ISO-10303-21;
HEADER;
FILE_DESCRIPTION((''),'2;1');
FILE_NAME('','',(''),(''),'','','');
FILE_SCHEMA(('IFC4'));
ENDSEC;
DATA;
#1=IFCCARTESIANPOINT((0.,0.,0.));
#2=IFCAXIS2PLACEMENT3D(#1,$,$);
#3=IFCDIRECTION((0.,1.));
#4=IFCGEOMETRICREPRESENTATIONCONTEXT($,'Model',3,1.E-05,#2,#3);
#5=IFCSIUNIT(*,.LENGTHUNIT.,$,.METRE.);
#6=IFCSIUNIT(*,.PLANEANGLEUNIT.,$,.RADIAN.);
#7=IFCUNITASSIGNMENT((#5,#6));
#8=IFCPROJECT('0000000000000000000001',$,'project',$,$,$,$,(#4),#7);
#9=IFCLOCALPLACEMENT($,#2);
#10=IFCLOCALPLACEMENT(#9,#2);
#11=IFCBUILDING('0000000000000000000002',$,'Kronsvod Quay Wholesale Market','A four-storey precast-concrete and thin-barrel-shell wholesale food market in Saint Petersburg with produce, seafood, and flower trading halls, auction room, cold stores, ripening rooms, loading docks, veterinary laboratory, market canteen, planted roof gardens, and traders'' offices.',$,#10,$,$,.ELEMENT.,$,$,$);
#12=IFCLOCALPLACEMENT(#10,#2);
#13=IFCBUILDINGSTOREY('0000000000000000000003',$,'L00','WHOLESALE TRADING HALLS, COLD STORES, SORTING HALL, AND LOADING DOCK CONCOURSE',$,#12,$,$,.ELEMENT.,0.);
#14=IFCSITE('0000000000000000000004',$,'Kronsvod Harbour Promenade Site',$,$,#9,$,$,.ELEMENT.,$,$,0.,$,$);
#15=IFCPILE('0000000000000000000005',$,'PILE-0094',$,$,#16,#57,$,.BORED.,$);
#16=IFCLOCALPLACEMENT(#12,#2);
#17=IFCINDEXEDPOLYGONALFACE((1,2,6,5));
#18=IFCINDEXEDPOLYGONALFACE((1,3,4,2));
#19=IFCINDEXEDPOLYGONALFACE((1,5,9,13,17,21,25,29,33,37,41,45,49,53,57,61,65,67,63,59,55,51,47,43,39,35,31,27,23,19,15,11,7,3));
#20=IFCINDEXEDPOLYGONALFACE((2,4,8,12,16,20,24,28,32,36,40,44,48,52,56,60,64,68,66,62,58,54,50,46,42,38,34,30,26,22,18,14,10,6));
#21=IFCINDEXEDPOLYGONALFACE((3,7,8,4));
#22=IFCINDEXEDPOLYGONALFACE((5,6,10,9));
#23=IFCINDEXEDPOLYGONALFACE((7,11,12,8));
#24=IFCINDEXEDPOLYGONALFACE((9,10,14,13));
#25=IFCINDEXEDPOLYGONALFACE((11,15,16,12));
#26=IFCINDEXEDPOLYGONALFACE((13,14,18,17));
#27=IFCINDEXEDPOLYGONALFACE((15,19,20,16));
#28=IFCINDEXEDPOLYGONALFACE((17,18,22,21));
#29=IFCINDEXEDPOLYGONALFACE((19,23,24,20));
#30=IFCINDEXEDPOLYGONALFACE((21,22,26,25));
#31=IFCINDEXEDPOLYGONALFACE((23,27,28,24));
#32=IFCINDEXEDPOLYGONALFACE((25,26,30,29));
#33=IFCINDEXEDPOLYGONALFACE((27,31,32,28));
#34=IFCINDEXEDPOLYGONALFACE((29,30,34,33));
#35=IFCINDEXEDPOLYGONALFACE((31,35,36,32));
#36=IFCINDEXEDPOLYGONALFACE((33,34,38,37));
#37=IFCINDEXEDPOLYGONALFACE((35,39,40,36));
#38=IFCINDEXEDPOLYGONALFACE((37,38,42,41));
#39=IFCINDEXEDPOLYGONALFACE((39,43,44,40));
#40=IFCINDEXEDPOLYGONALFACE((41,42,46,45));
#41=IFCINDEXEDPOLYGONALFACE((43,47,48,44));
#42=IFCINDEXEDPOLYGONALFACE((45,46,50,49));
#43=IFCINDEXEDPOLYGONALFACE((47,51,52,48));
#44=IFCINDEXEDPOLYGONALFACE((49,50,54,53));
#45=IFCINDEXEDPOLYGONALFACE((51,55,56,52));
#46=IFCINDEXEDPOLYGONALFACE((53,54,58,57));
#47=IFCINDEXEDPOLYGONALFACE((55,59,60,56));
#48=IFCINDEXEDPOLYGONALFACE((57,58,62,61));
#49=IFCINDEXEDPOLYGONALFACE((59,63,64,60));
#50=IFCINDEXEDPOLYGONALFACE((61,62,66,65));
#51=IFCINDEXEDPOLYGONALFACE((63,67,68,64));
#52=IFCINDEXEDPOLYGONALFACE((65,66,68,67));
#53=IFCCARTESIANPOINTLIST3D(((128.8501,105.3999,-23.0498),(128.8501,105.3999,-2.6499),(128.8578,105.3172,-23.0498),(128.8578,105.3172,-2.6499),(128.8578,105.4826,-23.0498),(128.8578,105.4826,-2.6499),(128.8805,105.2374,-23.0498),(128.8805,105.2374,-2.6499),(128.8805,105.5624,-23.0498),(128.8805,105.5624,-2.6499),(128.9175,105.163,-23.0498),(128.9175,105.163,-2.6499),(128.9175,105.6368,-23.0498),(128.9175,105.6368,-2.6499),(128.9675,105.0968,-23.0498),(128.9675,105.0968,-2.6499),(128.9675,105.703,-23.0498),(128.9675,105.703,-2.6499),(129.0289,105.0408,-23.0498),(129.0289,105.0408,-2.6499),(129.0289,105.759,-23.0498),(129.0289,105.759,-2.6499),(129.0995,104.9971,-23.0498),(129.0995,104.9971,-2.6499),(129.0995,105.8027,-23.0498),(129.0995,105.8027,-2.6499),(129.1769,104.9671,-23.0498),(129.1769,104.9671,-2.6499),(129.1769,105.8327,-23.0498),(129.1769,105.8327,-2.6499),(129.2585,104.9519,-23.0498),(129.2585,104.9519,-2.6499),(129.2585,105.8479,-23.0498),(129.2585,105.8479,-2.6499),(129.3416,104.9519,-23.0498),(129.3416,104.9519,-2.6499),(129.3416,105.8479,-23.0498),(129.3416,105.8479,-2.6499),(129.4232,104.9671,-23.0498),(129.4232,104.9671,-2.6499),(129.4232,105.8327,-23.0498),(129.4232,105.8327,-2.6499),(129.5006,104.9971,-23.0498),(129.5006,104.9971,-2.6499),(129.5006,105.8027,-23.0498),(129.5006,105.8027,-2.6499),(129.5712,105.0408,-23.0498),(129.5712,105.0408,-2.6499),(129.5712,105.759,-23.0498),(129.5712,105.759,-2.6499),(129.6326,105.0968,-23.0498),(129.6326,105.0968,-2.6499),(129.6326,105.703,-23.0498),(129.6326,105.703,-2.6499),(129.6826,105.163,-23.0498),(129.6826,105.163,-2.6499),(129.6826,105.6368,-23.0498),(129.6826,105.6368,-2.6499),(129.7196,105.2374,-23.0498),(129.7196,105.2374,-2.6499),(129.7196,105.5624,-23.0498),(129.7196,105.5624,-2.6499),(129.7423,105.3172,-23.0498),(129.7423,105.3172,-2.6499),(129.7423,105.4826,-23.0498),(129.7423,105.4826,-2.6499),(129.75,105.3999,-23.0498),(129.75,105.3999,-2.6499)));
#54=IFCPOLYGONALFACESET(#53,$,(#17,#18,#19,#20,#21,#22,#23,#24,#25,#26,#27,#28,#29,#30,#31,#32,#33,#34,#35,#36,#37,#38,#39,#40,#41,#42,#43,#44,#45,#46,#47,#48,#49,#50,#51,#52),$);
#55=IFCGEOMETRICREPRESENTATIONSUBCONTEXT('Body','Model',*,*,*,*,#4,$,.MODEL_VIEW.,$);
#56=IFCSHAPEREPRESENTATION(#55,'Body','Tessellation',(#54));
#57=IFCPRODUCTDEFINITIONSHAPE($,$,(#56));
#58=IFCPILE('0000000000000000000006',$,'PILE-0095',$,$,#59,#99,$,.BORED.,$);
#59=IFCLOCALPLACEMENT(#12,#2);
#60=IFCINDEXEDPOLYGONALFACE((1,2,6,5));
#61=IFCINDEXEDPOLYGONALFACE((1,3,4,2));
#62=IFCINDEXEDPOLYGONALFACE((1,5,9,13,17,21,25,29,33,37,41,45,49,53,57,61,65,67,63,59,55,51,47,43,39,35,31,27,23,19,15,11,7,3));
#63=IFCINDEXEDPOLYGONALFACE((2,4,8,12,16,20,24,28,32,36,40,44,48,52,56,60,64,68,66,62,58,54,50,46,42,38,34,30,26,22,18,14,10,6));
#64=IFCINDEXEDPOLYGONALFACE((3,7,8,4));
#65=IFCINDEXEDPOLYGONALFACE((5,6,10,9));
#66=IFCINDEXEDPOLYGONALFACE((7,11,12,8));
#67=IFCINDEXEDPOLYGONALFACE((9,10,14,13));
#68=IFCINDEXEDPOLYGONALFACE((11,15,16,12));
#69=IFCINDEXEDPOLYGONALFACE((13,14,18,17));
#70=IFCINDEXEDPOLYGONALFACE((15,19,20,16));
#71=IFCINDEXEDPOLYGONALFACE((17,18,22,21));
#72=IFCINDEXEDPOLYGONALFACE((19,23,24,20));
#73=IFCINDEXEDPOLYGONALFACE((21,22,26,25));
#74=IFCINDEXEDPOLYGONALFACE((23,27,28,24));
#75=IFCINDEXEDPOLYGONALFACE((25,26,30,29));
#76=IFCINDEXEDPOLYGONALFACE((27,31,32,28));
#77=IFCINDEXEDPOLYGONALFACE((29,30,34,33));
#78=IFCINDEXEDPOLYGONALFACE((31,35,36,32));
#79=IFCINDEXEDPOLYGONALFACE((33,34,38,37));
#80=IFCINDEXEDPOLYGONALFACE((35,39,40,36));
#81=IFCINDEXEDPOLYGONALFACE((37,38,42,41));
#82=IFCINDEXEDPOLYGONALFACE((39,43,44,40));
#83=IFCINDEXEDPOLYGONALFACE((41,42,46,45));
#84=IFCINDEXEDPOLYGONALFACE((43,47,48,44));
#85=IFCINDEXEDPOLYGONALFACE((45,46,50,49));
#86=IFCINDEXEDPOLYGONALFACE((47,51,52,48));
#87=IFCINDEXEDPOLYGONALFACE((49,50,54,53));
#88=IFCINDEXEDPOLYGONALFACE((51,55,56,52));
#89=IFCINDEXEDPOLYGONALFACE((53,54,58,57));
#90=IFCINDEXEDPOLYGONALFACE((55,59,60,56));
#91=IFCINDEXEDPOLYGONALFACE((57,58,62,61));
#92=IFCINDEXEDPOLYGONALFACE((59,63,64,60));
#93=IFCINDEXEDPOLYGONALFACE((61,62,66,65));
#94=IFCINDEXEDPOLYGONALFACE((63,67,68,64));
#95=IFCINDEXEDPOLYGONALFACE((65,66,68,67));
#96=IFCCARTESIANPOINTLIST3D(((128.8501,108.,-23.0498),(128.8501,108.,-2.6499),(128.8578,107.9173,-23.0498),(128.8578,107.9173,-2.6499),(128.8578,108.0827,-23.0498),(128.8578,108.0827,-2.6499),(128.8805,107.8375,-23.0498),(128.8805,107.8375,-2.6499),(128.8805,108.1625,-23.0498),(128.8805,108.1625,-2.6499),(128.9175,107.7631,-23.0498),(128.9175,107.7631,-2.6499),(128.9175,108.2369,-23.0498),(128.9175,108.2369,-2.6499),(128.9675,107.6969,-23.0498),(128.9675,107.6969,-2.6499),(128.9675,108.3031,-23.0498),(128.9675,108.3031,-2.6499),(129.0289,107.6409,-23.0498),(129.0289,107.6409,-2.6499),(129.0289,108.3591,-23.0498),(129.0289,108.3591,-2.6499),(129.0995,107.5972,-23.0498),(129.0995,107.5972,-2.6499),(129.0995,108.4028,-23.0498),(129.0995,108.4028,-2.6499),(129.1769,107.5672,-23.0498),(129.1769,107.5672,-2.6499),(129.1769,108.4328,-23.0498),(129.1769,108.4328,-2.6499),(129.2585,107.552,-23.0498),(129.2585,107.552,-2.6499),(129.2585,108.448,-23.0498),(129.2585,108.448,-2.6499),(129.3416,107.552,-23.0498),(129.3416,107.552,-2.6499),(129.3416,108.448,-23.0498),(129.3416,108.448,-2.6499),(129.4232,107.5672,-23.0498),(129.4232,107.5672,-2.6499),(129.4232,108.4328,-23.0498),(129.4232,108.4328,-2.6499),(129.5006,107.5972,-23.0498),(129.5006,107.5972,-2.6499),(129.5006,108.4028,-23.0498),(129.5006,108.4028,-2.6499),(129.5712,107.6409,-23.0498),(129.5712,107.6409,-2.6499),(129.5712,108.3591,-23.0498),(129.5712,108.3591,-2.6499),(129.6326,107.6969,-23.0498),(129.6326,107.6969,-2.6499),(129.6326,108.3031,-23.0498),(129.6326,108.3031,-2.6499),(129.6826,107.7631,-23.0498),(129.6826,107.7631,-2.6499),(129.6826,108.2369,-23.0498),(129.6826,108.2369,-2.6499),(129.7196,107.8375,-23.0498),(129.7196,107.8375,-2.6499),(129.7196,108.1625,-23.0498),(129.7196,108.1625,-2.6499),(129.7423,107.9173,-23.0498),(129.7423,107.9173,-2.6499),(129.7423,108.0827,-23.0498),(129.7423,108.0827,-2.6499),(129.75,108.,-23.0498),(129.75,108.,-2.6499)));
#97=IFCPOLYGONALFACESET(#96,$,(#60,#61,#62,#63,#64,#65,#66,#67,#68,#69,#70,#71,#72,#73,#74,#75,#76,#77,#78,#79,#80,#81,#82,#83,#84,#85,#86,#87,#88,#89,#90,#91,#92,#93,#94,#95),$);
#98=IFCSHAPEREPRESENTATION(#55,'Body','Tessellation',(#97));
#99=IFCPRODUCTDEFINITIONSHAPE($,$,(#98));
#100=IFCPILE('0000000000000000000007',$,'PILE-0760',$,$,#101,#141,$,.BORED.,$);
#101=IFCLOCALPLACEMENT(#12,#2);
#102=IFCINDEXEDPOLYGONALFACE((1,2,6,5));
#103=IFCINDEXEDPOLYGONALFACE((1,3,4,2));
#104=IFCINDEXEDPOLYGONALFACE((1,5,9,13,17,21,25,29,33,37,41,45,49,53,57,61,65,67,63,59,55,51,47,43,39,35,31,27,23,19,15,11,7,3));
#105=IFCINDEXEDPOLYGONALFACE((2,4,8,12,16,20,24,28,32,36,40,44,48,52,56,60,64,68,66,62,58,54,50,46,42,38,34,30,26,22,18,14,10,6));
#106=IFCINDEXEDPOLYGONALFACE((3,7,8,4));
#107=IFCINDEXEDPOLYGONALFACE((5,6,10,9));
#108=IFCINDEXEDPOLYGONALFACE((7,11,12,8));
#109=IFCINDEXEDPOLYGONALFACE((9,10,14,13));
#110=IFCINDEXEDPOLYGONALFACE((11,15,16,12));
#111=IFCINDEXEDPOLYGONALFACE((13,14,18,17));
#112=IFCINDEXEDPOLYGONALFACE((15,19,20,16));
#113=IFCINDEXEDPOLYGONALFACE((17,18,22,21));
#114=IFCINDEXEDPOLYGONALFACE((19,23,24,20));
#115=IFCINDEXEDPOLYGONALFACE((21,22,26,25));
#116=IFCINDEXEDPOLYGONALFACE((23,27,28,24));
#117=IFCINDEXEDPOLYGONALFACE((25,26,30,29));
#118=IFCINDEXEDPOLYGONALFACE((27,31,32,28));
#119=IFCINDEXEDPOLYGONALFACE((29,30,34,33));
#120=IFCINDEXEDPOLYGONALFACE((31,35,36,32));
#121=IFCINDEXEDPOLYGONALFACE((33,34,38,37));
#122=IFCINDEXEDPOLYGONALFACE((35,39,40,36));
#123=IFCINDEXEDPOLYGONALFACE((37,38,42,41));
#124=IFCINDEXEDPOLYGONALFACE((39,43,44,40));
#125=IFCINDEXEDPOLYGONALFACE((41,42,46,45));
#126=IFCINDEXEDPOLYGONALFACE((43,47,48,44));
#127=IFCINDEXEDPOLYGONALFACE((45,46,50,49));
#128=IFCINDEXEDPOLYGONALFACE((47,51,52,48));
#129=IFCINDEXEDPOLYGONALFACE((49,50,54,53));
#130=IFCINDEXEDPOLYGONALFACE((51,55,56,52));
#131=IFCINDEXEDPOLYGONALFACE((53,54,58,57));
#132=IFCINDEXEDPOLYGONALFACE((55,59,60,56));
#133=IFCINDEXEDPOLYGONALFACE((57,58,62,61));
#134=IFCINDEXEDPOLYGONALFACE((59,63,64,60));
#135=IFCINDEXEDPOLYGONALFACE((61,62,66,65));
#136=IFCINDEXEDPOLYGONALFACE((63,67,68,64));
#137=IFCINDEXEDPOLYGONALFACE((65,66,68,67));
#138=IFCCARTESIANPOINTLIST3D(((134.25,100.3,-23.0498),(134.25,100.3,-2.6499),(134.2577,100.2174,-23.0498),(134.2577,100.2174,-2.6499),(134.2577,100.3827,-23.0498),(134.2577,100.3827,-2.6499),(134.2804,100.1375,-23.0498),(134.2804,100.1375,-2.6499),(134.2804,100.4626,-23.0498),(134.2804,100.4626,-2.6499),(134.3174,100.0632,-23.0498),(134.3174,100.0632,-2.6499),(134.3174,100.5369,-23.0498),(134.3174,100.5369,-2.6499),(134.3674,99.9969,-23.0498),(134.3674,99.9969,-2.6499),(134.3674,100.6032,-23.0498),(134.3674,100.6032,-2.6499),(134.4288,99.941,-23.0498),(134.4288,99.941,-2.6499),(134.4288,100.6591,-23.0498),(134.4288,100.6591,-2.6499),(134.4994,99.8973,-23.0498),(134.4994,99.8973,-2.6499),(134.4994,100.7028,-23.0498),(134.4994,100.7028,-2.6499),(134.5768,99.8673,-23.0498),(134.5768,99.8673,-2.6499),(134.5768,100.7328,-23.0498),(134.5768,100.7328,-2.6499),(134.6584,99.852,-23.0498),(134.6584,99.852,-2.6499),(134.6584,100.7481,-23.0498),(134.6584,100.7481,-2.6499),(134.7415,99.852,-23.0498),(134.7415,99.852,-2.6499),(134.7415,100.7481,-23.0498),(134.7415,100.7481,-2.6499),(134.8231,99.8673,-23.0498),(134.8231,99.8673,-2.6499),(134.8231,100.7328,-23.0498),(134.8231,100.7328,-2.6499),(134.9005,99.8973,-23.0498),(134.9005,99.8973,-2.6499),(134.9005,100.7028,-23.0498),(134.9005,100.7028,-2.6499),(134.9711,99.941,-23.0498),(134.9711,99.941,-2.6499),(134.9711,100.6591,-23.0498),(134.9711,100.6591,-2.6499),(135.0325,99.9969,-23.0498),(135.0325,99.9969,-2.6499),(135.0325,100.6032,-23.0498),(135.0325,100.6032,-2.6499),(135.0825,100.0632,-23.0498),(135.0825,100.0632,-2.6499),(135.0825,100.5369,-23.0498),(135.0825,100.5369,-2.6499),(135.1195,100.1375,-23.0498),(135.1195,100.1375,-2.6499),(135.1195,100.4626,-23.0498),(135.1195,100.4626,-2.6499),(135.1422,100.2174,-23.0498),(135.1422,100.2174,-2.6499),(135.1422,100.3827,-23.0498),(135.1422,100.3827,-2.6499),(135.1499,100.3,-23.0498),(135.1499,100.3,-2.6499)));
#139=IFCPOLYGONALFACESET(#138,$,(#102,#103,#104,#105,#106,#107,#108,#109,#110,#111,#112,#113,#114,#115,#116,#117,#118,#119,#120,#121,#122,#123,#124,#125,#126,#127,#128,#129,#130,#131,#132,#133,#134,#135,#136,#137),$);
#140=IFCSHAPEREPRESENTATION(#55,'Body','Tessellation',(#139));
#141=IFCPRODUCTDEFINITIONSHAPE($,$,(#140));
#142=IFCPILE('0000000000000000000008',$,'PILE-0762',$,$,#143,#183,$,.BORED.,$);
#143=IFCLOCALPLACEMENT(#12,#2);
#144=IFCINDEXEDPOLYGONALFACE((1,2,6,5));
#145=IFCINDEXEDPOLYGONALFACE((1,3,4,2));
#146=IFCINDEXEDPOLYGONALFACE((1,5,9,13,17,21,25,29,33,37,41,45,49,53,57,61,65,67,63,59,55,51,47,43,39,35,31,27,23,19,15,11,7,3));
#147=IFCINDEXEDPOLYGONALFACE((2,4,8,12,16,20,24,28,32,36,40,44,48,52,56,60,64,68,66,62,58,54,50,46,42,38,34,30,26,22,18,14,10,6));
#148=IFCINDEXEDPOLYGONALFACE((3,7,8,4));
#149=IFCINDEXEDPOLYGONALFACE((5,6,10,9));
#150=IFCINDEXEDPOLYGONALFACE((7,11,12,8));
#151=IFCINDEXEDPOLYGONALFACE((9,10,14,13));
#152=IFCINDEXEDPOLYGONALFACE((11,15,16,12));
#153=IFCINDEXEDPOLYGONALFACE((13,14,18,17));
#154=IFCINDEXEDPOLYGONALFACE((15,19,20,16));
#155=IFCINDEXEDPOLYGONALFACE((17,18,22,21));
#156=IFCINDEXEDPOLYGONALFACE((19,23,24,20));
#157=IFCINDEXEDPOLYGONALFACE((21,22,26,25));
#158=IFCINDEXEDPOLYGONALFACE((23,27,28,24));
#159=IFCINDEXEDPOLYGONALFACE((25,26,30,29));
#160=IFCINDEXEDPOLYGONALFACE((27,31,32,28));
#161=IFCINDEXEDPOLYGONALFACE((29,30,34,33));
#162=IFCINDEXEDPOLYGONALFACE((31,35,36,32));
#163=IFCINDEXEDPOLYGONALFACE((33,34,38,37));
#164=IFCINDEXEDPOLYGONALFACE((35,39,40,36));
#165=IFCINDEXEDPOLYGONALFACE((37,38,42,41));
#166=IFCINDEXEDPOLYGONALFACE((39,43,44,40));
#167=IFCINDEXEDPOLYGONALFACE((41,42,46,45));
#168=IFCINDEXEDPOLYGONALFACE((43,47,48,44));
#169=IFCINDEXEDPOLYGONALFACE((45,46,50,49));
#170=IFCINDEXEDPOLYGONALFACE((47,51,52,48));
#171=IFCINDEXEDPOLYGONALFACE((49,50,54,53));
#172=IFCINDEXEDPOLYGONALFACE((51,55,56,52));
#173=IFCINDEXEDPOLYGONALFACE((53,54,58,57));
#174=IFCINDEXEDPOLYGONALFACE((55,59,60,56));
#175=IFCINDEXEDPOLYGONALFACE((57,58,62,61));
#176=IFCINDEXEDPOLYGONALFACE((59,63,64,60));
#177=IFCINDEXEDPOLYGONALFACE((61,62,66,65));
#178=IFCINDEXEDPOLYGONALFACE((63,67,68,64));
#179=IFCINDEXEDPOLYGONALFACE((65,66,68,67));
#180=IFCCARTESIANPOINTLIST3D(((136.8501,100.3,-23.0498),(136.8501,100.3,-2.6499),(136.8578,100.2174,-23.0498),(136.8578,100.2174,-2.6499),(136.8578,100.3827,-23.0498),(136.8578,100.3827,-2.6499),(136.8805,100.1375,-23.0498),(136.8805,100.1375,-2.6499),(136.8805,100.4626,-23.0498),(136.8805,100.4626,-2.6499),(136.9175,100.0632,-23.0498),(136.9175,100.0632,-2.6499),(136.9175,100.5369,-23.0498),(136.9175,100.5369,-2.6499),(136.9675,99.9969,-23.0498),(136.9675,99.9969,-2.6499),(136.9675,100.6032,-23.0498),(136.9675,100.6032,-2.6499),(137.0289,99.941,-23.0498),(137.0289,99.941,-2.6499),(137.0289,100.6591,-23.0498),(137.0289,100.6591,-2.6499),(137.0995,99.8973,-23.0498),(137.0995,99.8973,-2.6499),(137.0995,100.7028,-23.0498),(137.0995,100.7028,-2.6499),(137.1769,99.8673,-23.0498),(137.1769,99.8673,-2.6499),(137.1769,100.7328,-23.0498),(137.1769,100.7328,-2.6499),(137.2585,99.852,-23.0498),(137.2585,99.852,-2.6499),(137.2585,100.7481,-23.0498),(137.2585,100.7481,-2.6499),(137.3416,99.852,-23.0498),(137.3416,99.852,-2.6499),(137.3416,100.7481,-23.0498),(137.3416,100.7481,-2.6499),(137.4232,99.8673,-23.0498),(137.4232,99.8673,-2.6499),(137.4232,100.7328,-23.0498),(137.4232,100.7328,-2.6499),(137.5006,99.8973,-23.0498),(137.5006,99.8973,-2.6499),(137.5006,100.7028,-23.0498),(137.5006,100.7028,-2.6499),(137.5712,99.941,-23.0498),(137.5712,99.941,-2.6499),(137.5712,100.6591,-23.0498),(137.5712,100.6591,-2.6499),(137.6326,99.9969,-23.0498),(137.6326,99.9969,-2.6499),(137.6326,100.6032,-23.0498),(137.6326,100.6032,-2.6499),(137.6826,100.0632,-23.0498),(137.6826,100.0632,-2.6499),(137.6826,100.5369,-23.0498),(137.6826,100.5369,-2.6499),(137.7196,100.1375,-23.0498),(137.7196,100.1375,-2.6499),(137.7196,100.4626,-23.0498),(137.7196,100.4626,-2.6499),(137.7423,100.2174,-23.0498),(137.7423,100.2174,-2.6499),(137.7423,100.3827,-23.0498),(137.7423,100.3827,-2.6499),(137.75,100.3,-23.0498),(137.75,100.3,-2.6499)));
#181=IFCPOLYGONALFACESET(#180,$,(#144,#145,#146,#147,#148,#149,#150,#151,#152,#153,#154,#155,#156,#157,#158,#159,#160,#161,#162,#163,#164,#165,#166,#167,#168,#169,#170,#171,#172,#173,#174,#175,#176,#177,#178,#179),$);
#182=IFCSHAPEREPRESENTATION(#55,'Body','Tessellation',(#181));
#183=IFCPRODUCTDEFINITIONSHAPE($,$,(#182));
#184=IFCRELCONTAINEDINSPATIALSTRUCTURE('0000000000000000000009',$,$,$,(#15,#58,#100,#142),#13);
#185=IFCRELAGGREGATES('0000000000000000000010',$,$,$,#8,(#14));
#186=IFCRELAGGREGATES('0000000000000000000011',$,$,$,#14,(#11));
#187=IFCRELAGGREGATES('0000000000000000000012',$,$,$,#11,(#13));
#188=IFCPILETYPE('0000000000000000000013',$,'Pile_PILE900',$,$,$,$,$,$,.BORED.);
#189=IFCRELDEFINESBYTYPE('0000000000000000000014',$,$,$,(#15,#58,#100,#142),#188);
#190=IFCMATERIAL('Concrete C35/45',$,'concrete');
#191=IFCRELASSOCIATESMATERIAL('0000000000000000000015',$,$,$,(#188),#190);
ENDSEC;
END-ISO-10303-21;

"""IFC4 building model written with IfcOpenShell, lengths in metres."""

from ifc_helpers import new_model, si_unit, direction, frame, origin, origin_2d, place, context, subcontext, project, spatial, circle, extrude, material, material_profile, profile_set, type_object, element, save


model = new_model("IFC4")

# Units and contexts
model_context = context("Model", 3, precision=1e-05, world=origin(), true_north=direction((0.0, 1.0)))
body_context = subcontext(model_context, "Body", "Model", "MODEL_VIEW")
ifc_project = project(units=[si_unit("LENGTHUNIT", "METRE"), si_unit("PLANEANGLEUNIT", "RADIAN")], contexts=[model_context])

# Site, building, storey
site_placement = place(None, origin())
site = spatial("IfcSite", under=ifc_project, at=site_placement, Name="Kronsvod Harbour Promenade Site", CompositionType="ELEMENT", RefElevation=0.0)
building_placement = place(site_placement, origin())
building = spatial("IfcBuilding", under=site, at=building_placement, Name="Kronsvod Quay Wholesale Market", Description="A four-storey precast-concrete and thin-barrel-shell wholesale food market in Saint Petersburg with produce, seafood, and flower trading halls, auction room, cold stores, ripening rooms, loading docks, veterinary laboratory, market canteen, planted roof gardens, and traders' offices.", CompositionType="ELEMENT")
storey_placement = place(building_placement, origin())
storey = spatial("IfcBuildingStorey", under=building, at=storey_placement, Name="L00", Description="WHOLESALE TRADING HALLS, COLD STORES, SORTING HALL, AND LOADING DOCK CONCOURSE", CompositionType="ELEMENT", Elevation=0.0)

# Piles
ifc_material_1 = material(Name="Concrete C35/45", Category="concrete")
ifc_material_profile_1 = material_profile(ifc_material_1, circle(Radius=0.45, at=origin_2d()), Name="PILE900")
ifc_profile_set_1 = profile_set([ifc_material_profile_1], Name="Concrete C35/45")
pile_type = type_object("IfcPileType", Name="Pile_PILE900", PredefinedType="BORED", material=ifc_profile_set_1)
for number, where, z_axis, x_axis, name in (
    (1, (129.3, 105.3999, -2.6499), (0.0, 0.0, -1.0), (1.0, 0.0, 0.0), "PILE-0094"),
    (2, (129.3, 108.0, -2.6499), (0.0, 0.0, -1.0), (1.0, 0.0, 0.0), "PILE-0095"),
    (3, (134.7, 100.3, -2.6499), (0.0, 0.0, -1.0), (1.0, 0.0, 0.0), "PILE-0760"),
    (4, (137.3, 100.3, -2.6499), (0.0, 0.0, -1.0), (1.0, 0.0, 0.0), "PILE-0762"),
):
    element("IfcPile", number, at=place(storey_placement, frame(where, z_axis=z_axis, x_axis=x_axis)), inside=storey, type_object=pile_type, Name=name, PredefinedType="BORED", context=body_context, shape_type="SweptSolid", body=[
        extrude(circle(Radius=0.45, at=origin_2d()), origin(), (0.0, 0.0, 1.0), 20.3999),
    ])

save(model, "model.ifc")
